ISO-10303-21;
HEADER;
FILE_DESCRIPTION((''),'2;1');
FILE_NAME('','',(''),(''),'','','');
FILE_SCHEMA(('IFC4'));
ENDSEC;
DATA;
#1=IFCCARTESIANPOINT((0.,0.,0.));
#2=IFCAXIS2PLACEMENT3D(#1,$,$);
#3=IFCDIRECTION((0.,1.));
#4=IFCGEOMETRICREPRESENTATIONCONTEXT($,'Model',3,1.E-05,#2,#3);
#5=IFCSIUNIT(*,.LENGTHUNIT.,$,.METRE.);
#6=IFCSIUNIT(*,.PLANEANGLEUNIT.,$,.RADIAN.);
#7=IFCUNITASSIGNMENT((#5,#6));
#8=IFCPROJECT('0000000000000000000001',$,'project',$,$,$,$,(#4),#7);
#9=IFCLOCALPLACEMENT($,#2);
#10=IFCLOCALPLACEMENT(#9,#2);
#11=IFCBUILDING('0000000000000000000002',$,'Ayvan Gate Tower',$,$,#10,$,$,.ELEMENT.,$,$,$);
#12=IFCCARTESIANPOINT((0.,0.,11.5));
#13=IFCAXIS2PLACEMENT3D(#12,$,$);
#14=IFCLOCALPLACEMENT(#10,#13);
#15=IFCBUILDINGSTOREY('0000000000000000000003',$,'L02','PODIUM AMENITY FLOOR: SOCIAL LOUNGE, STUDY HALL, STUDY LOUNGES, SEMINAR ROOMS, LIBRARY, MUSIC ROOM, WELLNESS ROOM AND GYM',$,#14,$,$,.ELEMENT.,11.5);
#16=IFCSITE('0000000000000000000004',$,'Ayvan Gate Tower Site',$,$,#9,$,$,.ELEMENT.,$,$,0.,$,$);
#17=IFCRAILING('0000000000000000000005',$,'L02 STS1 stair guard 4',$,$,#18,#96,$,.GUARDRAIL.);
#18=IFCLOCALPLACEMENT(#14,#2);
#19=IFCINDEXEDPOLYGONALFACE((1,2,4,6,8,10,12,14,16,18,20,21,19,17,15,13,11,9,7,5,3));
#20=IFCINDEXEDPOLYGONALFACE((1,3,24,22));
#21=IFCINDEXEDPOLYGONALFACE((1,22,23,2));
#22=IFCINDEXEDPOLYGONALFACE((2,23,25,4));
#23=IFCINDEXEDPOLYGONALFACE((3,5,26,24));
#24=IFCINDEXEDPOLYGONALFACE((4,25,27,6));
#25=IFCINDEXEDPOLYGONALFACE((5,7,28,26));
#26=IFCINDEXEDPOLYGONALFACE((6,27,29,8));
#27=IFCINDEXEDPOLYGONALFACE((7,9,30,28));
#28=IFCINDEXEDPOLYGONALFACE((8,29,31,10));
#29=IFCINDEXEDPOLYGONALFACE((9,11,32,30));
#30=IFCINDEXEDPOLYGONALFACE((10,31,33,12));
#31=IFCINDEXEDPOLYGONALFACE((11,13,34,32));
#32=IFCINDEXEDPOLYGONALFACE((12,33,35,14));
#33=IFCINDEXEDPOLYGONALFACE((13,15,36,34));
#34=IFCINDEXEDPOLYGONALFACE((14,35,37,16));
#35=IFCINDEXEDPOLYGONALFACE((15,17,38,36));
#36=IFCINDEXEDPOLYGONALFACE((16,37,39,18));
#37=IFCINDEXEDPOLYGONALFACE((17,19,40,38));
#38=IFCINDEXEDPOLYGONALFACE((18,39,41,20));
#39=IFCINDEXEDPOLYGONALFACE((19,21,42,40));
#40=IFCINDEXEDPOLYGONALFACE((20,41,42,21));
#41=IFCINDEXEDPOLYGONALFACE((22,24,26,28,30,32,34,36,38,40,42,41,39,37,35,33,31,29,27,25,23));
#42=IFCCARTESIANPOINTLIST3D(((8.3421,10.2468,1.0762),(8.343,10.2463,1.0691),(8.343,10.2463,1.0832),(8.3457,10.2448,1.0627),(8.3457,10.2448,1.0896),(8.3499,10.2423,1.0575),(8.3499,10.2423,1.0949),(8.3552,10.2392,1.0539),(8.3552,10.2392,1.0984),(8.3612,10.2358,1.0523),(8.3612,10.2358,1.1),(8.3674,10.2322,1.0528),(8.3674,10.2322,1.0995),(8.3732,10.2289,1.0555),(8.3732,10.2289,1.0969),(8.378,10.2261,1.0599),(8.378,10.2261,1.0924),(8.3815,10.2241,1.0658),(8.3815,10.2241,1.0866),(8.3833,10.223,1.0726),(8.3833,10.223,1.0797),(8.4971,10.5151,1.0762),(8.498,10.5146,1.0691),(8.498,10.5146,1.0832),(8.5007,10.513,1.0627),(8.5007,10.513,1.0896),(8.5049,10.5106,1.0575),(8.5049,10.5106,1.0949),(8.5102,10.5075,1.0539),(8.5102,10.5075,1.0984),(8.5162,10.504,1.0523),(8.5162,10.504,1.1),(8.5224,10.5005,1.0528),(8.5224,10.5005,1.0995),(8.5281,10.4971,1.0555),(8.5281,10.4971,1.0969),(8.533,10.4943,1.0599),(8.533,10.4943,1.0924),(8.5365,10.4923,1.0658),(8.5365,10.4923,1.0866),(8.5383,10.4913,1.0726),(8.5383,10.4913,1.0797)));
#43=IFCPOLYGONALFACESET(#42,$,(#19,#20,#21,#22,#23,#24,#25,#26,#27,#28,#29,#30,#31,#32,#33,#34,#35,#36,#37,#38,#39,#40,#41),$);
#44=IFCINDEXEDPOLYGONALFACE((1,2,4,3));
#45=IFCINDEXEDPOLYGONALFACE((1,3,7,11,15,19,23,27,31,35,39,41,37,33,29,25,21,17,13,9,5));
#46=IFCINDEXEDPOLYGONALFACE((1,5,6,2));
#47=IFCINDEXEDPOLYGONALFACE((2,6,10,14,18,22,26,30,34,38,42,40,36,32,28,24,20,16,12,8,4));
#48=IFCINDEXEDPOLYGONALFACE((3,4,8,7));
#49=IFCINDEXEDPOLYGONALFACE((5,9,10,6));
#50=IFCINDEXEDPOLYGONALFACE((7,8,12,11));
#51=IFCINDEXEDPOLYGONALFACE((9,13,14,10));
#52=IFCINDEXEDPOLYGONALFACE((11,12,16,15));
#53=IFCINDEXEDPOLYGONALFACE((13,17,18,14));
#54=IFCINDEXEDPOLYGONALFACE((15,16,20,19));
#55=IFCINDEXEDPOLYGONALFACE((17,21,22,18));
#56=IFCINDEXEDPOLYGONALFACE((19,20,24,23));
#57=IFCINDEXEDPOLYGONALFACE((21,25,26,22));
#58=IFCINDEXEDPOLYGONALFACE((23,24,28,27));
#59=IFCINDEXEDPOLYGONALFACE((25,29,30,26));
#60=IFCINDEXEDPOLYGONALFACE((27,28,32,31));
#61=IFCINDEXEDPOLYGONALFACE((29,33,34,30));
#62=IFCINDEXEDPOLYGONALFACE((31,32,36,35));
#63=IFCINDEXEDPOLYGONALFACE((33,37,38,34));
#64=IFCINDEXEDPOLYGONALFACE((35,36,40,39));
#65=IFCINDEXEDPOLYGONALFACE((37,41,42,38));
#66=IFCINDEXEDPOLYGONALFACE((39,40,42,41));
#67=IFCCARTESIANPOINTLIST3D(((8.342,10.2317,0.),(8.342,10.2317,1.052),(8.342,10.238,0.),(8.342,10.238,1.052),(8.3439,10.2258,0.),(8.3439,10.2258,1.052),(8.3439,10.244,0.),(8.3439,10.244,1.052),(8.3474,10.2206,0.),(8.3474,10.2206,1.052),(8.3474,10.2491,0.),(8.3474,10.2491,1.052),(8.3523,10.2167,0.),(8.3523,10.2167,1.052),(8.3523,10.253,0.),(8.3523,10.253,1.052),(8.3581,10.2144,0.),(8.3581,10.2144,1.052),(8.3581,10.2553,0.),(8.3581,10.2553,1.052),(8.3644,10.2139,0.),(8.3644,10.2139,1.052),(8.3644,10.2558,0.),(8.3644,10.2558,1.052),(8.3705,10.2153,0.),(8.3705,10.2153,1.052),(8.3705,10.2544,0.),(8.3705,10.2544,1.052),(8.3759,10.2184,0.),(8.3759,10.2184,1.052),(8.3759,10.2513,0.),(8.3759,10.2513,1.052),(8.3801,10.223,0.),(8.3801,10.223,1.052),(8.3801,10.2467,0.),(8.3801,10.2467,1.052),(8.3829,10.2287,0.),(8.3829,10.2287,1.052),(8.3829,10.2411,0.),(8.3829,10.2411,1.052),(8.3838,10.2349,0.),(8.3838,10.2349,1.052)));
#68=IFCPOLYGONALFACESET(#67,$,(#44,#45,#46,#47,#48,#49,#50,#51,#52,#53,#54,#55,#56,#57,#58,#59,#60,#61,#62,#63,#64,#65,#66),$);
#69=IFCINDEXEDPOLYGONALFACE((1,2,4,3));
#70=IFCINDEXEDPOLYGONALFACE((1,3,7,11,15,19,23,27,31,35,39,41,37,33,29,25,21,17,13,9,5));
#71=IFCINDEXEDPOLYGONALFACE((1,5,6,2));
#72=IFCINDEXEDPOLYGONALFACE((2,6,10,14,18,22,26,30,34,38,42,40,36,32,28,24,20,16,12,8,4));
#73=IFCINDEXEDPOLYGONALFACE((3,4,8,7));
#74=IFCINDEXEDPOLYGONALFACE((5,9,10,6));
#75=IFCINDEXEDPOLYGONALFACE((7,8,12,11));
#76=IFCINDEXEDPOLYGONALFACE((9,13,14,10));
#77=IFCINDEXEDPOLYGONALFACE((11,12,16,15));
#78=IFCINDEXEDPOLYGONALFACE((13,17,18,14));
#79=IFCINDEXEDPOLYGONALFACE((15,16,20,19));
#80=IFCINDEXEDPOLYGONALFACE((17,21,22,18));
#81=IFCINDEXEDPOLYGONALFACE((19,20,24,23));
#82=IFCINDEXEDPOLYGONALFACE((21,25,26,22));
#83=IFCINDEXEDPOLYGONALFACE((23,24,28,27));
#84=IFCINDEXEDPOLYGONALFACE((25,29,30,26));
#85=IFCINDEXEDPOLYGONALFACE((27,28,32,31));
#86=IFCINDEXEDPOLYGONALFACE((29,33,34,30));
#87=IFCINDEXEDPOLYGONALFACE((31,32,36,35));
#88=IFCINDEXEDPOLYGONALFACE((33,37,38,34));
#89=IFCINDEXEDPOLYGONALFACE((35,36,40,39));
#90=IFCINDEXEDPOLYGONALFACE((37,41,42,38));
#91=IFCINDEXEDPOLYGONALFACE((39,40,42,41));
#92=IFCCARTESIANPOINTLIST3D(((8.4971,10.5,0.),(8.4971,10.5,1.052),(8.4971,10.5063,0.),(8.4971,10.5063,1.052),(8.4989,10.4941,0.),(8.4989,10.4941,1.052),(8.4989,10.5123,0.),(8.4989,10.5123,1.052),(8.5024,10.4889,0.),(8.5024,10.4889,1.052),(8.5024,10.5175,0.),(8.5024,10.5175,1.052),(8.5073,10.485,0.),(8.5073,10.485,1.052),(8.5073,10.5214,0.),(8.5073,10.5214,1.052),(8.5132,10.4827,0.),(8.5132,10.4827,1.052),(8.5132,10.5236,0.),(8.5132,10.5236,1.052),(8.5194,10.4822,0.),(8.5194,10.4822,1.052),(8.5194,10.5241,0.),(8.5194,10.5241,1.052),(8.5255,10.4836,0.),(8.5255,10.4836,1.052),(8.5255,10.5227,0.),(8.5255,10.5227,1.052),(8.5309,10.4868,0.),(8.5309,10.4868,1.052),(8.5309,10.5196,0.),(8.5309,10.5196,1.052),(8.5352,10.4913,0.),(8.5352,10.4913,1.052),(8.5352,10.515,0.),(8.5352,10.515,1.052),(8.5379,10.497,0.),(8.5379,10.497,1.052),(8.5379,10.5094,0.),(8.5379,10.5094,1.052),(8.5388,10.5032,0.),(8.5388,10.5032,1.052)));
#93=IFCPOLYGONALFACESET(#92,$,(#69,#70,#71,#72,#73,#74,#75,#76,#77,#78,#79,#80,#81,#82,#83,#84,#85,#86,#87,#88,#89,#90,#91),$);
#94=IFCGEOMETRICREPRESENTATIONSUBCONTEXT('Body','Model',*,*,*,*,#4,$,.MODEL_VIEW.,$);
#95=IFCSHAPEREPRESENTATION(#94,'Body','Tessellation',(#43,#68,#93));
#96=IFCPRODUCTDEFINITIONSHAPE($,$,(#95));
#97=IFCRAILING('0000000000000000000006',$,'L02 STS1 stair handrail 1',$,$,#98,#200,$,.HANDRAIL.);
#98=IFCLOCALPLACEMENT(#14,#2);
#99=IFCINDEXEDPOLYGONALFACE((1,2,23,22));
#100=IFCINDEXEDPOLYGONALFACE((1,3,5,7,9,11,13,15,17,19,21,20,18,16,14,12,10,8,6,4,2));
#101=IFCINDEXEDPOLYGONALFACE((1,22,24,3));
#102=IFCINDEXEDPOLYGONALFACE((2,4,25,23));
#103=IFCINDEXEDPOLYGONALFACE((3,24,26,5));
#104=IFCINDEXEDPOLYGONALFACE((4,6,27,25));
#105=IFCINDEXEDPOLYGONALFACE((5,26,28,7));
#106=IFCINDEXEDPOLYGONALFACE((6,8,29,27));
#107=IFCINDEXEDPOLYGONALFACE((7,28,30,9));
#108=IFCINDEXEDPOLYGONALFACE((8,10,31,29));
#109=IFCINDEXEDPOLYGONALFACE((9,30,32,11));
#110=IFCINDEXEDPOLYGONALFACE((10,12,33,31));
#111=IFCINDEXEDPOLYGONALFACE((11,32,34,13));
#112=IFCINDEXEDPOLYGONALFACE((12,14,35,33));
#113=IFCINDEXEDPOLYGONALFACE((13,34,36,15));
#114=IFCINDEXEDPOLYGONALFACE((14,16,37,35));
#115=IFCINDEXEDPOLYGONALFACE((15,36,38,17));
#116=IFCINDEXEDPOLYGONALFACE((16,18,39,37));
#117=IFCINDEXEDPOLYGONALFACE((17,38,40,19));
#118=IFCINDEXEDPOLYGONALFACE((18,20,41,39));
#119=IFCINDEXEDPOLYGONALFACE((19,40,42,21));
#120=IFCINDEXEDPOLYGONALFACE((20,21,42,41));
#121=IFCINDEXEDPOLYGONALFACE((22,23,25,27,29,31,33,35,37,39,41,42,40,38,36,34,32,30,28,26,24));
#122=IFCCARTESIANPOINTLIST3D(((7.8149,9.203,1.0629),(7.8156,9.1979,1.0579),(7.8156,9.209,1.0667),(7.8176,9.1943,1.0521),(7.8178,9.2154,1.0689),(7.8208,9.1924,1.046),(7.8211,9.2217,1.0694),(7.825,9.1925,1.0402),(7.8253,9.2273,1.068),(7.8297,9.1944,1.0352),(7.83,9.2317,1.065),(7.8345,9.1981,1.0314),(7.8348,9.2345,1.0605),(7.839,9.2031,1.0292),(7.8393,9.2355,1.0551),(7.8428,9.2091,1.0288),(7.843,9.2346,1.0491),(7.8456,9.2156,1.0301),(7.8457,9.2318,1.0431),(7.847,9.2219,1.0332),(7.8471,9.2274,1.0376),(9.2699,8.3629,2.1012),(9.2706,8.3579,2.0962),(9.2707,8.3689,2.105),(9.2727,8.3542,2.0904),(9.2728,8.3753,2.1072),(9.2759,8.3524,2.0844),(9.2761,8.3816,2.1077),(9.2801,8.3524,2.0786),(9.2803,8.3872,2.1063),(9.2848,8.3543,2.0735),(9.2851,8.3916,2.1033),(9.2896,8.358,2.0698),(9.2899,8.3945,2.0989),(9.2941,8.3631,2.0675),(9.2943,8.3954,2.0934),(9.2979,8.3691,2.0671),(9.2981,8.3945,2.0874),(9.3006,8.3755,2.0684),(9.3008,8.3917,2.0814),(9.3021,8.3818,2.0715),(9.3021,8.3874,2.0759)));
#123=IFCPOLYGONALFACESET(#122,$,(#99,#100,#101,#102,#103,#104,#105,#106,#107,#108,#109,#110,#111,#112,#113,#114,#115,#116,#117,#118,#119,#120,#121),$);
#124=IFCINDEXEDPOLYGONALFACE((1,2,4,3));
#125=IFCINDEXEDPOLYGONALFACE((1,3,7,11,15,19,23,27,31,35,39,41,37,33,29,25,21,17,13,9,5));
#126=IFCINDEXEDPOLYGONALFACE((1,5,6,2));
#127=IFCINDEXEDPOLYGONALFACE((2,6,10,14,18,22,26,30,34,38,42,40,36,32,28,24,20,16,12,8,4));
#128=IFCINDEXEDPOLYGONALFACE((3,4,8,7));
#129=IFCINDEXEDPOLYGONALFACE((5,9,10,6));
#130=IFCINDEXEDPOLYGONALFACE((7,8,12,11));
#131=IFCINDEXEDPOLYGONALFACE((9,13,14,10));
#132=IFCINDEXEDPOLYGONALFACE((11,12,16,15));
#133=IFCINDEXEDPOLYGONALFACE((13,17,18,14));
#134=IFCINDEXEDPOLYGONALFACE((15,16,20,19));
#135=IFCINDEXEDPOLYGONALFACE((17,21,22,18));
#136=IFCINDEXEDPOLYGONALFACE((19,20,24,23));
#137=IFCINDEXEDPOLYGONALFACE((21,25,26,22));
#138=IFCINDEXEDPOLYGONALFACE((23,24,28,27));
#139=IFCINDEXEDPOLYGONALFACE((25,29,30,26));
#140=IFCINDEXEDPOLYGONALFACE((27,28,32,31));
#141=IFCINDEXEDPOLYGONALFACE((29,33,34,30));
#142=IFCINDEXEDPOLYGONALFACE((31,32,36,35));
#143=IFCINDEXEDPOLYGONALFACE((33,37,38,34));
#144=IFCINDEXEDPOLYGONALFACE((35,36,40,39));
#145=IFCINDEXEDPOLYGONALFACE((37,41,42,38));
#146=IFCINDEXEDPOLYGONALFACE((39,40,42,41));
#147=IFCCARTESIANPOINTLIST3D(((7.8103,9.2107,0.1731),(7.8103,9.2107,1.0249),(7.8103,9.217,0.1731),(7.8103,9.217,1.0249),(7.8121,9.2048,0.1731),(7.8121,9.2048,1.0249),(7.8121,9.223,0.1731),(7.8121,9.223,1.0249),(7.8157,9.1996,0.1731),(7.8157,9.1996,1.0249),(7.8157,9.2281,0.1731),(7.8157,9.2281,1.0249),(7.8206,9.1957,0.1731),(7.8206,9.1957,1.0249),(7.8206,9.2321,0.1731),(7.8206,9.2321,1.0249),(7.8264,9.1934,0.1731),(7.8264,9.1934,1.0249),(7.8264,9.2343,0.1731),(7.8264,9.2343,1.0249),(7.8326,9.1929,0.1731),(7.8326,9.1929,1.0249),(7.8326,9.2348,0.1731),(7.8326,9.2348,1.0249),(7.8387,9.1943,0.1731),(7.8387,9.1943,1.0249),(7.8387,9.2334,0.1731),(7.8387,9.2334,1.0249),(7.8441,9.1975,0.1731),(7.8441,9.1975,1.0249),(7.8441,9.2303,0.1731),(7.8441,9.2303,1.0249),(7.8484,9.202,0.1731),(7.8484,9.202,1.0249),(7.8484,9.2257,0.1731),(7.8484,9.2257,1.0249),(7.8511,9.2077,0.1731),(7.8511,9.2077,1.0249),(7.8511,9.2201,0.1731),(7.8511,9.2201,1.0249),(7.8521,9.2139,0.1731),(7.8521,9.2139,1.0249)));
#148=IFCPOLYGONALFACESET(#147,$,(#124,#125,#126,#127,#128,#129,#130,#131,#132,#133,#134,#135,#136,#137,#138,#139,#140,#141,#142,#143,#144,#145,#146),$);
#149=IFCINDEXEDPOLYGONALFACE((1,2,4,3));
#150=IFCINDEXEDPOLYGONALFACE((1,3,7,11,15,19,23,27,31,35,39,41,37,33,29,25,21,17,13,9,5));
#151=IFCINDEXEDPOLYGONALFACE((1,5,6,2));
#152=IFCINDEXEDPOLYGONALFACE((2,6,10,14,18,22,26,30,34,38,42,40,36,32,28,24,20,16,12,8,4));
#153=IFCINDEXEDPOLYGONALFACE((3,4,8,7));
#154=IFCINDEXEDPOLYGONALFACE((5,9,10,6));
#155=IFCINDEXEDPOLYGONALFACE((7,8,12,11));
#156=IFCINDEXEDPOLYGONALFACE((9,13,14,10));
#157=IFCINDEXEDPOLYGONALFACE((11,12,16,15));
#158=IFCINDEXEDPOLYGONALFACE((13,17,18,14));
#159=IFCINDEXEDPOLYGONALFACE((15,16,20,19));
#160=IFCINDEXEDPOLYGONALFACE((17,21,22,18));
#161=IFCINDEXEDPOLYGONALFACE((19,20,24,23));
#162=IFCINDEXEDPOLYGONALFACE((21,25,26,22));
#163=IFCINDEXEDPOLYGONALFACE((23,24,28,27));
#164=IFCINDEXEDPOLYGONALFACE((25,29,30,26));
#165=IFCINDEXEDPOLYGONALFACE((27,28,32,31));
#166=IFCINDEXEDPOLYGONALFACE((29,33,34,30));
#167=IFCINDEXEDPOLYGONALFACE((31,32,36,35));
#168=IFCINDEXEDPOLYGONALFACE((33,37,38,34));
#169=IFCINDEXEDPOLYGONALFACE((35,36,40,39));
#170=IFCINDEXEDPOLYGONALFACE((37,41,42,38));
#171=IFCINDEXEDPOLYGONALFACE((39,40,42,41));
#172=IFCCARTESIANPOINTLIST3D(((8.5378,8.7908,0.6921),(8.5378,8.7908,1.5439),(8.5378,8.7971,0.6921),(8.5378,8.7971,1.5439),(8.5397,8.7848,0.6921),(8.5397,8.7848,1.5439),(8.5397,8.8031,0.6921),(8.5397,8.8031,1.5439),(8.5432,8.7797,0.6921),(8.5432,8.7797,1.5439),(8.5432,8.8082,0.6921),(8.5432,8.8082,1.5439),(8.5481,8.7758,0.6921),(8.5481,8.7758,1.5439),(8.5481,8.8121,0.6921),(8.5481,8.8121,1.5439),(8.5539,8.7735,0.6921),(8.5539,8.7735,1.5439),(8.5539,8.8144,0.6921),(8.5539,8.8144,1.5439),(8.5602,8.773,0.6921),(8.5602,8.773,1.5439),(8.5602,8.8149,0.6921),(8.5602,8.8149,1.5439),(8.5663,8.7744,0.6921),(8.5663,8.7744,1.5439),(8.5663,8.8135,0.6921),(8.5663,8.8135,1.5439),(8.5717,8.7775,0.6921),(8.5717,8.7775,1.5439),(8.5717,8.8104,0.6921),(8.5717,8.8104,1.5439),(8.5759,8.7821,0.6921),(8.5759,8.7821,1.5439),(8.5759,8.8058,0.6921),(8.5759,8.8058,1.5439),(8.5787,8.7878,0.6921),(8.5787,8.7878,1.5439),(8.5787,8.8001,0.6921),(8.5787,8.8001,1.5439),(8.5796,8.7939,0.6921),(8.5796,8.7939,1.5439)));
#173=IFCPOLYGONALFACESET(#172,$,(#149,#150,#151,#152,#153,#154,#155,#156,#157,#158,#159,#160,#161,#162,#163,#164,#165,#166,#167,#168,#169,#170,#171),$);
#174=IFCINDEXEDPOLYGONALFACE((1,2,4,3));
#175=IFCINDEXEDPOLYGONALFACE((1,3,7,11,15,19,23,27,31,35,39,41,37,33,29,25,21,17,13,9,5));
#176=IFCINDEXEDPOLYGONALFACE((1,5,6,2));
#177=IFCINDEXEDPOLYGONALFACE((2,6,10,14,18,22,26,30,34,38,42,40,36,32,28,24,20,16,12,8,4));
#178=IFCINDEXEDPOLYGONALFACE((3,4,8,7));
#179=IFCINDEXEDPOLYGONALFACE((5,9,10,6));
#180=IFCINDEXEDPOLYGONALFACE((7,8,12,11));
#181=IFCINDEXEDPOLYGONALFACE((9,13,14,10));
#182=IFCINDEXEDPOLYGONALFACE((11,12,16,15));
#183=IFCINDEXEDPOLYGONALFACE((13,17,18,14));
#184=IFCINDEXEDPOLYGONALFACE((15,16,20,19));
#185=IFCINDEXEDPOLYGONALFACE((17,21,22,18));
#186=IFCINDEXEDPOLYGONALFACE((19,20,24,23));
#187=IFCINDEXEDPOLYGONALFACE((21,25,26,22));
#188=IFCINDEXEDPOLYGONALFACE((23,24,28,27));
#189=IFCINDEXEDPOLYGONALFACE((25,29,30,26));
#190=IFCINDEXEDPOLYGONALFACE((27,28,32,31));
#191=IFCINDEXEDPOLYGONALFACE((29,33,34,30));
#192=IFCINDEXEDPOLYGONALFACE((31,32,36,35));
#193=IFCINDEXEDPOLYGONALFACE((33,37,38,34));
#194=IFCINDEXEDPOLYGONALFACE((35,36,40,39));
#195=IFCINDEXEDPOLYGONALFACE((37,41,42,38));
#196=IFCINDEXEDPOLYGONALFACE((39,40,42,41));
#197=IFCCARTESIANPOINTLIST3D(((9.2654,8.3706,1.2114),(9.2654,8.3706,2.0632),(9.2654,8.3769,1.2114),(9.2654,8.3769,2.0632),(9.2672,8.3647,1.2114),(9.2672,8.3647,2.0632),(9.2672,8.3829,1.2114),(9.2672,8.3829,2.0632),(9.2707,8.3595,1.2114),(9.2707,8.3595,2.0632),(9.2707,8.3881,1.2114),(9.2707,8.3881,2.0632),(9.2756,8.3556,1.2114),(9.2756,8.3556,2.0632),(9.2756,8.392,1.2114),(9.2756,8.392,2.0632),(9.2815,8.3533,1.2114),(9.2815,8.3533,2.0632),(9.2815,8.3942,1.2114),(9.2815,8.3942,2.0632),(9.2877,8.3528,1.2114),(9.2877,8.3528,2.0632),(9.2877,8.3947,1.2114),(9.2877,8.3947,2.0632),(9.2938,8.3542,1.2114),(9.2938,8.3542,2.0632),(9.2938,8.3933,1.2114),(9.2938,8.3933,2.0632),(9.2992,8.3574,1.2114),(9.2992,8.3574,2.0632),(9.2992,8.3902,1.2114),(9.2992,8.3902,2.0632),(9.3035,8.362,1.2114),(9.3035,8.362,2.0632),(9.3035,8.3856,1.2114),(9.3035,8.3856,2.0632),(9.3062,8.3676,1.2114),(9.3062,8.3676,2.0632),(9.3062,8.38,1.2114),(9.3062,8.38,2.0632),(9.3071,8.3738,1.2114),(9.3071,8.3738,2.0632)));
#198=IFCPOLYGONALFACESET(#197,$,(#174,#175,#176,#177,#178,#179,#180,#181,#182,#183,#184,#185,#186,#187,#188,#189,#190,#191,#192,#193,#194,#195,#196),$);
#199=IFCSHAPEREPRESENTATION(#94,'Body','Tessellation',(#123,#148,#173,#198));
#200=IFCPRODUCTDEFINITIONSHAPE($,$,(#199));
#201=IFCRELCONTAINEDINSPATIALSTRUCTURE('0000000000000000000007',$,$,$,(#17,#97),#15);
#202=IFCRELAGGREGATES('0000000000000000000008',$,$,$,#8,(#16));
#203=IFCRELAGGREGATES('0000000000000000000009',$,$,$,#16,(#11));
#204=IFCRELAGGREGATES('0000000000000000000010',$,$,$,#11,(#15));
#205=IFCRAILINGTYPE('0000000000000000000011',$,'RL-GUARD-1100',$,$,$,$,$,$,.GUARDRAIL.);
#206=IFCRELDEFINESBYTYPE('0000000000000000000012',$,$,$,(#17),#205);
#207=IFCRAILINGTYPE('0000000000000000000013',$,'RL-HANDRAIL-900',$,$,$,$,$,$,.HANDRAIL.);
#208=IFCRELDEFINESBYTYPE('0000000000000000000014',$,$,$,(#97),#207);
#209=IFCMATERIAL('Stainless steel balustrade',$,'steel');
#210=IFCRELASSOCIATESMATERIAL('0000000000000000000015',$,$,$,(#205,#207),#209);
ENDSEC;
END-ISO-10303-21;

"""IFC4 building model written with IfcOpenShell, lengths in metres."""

from ifc_helpers import new_model, si_unit, direction, frame, origin, origin_2d, place, context, subcontext, project, spatial, circle, extrude, material, type_object, element, save


model = new_model("IFC4")

# Units and contexts
model_context = context("Model", 3, precision=1e-05, world=origin(), true_north=direction((0.0, 1.0)))
body_context = subcontext(model_context, "Body", "Model", "MODEL_VIEW")
ifc_project = project(units=[si_unit("LENGTHUNIT", "METRE"), si_unit("PLANEANGLEUNIT", "RADIAN")], contexts=[model_context])

# Site, building, storey
site_placement = place(None, origin())
site = spatial("IfcSite", under=ifc_project, at=site_placement, Name="Ayvan Gate Tower Site", CompositionType="ELEMENT", RefElevation=0.0)
building_placement = place(site_placement, origin())
building = spatial("IfcBuilding", under=site, at=building_placement, Name="Ayvan Gate Tower", CompositionType="ELEMENT")
storey_placement = place(building_placement, frame((0.0, 0.0, 11.5)))
storey = spatial("IfcBuildingStorey", under=building, at=storey_placement, Name="L02", Description="PODIUM AMENITY FLOOR: SOCIAL LOUNGE, STUDY HALL, STUDY LOUNGES, SEMINAR ROOMS, LIBRARY, MUSIC ROOM, WELLNESS ROOM AND GYM", CompositionType="ELEMENT", Elevation=11.5)

# Railings
ifc_material_1 = material(Name="Stainless steel balustrade", Category="steel")
railing_type_1 = type_object("IfcRailingType", Name="RL-GUARD-1100", PredefinedType="GUARDRAIL", material=ifc_material_1)
railing_1_placement = place(storey_placement, frame((8.3628, 10.2349, 0.0)))
element("IfcRailing", 1, at=railing_1_placement, inside=storey, type_object=railing_type_1, Name="L02 STS1 stair guard 4", PredefinedType="GUARDRAIL", context=body_context, shape_type="SweptSolid", body=[
    extrude(circle(Radius=0.0239, at=origin_2d()), frame((0.0, 0.0, 1.0762), z_axis=(0.500291, 0.865857, 0.0), x_axis=(-0.865857, 0.500291, 0.0)), (0.0, 0.0, 1.0), 0.3098),
    extrude(circle(Radius=0.021, at=origin_2d()), origin(), (0.0, 0.0, 1.0), 1.052),
    extrude(circle(Radius=0.021, at=origin_2d()), frame((0.155, 0.2683, 0.0)), (0.0, 0.0, 1.0), 1.052),
])
railing_type_2 = type_object("IfcRailingType", Name="RL-HANDRAIL-900", PredefinedType="HANDRAIL", material=ifc_material_1)
railing_2_placement = place(storey_placement, frame((7.8311, 9.2139, 0.1731)))
element("IfcRailing", 2, at=railing_2_placement, inside=storey, type_object=railing_type_2, Name="L02 STS1 stair handrail 1", PredefinedType="HANDRAIL", context=body_context, shape_type="SweptSolid", body=[
    extrude(circle(Radius=0.0239, at=origin_2d()), frame((0.0, 0.0, 0.876), z_axis=(0.736701, -0.425333, 0.525703), x_axis=(0.499999, 0.866026, 0.0)), (0.0, 0.0, 1.0), 1.9751),
    extrude(circle(Radius=0.021, at=origin_2d()), origin(), (0.0, 0.0, 1.0), 0.8518),
    extrude(circle(Radius=0.021, at=origin_2d()), frame((0.7275, -0.4199, 0.519)), (0.0, 0.0, 1.0), 0.8518),
    extrude(circle(Radius=0.021, at=origin_2d()), frame((1.4551, -0.8401, 1.0383)), (0.0, 0.0, 1.0), 0.8518),
])

save(model, "model.ifc")
